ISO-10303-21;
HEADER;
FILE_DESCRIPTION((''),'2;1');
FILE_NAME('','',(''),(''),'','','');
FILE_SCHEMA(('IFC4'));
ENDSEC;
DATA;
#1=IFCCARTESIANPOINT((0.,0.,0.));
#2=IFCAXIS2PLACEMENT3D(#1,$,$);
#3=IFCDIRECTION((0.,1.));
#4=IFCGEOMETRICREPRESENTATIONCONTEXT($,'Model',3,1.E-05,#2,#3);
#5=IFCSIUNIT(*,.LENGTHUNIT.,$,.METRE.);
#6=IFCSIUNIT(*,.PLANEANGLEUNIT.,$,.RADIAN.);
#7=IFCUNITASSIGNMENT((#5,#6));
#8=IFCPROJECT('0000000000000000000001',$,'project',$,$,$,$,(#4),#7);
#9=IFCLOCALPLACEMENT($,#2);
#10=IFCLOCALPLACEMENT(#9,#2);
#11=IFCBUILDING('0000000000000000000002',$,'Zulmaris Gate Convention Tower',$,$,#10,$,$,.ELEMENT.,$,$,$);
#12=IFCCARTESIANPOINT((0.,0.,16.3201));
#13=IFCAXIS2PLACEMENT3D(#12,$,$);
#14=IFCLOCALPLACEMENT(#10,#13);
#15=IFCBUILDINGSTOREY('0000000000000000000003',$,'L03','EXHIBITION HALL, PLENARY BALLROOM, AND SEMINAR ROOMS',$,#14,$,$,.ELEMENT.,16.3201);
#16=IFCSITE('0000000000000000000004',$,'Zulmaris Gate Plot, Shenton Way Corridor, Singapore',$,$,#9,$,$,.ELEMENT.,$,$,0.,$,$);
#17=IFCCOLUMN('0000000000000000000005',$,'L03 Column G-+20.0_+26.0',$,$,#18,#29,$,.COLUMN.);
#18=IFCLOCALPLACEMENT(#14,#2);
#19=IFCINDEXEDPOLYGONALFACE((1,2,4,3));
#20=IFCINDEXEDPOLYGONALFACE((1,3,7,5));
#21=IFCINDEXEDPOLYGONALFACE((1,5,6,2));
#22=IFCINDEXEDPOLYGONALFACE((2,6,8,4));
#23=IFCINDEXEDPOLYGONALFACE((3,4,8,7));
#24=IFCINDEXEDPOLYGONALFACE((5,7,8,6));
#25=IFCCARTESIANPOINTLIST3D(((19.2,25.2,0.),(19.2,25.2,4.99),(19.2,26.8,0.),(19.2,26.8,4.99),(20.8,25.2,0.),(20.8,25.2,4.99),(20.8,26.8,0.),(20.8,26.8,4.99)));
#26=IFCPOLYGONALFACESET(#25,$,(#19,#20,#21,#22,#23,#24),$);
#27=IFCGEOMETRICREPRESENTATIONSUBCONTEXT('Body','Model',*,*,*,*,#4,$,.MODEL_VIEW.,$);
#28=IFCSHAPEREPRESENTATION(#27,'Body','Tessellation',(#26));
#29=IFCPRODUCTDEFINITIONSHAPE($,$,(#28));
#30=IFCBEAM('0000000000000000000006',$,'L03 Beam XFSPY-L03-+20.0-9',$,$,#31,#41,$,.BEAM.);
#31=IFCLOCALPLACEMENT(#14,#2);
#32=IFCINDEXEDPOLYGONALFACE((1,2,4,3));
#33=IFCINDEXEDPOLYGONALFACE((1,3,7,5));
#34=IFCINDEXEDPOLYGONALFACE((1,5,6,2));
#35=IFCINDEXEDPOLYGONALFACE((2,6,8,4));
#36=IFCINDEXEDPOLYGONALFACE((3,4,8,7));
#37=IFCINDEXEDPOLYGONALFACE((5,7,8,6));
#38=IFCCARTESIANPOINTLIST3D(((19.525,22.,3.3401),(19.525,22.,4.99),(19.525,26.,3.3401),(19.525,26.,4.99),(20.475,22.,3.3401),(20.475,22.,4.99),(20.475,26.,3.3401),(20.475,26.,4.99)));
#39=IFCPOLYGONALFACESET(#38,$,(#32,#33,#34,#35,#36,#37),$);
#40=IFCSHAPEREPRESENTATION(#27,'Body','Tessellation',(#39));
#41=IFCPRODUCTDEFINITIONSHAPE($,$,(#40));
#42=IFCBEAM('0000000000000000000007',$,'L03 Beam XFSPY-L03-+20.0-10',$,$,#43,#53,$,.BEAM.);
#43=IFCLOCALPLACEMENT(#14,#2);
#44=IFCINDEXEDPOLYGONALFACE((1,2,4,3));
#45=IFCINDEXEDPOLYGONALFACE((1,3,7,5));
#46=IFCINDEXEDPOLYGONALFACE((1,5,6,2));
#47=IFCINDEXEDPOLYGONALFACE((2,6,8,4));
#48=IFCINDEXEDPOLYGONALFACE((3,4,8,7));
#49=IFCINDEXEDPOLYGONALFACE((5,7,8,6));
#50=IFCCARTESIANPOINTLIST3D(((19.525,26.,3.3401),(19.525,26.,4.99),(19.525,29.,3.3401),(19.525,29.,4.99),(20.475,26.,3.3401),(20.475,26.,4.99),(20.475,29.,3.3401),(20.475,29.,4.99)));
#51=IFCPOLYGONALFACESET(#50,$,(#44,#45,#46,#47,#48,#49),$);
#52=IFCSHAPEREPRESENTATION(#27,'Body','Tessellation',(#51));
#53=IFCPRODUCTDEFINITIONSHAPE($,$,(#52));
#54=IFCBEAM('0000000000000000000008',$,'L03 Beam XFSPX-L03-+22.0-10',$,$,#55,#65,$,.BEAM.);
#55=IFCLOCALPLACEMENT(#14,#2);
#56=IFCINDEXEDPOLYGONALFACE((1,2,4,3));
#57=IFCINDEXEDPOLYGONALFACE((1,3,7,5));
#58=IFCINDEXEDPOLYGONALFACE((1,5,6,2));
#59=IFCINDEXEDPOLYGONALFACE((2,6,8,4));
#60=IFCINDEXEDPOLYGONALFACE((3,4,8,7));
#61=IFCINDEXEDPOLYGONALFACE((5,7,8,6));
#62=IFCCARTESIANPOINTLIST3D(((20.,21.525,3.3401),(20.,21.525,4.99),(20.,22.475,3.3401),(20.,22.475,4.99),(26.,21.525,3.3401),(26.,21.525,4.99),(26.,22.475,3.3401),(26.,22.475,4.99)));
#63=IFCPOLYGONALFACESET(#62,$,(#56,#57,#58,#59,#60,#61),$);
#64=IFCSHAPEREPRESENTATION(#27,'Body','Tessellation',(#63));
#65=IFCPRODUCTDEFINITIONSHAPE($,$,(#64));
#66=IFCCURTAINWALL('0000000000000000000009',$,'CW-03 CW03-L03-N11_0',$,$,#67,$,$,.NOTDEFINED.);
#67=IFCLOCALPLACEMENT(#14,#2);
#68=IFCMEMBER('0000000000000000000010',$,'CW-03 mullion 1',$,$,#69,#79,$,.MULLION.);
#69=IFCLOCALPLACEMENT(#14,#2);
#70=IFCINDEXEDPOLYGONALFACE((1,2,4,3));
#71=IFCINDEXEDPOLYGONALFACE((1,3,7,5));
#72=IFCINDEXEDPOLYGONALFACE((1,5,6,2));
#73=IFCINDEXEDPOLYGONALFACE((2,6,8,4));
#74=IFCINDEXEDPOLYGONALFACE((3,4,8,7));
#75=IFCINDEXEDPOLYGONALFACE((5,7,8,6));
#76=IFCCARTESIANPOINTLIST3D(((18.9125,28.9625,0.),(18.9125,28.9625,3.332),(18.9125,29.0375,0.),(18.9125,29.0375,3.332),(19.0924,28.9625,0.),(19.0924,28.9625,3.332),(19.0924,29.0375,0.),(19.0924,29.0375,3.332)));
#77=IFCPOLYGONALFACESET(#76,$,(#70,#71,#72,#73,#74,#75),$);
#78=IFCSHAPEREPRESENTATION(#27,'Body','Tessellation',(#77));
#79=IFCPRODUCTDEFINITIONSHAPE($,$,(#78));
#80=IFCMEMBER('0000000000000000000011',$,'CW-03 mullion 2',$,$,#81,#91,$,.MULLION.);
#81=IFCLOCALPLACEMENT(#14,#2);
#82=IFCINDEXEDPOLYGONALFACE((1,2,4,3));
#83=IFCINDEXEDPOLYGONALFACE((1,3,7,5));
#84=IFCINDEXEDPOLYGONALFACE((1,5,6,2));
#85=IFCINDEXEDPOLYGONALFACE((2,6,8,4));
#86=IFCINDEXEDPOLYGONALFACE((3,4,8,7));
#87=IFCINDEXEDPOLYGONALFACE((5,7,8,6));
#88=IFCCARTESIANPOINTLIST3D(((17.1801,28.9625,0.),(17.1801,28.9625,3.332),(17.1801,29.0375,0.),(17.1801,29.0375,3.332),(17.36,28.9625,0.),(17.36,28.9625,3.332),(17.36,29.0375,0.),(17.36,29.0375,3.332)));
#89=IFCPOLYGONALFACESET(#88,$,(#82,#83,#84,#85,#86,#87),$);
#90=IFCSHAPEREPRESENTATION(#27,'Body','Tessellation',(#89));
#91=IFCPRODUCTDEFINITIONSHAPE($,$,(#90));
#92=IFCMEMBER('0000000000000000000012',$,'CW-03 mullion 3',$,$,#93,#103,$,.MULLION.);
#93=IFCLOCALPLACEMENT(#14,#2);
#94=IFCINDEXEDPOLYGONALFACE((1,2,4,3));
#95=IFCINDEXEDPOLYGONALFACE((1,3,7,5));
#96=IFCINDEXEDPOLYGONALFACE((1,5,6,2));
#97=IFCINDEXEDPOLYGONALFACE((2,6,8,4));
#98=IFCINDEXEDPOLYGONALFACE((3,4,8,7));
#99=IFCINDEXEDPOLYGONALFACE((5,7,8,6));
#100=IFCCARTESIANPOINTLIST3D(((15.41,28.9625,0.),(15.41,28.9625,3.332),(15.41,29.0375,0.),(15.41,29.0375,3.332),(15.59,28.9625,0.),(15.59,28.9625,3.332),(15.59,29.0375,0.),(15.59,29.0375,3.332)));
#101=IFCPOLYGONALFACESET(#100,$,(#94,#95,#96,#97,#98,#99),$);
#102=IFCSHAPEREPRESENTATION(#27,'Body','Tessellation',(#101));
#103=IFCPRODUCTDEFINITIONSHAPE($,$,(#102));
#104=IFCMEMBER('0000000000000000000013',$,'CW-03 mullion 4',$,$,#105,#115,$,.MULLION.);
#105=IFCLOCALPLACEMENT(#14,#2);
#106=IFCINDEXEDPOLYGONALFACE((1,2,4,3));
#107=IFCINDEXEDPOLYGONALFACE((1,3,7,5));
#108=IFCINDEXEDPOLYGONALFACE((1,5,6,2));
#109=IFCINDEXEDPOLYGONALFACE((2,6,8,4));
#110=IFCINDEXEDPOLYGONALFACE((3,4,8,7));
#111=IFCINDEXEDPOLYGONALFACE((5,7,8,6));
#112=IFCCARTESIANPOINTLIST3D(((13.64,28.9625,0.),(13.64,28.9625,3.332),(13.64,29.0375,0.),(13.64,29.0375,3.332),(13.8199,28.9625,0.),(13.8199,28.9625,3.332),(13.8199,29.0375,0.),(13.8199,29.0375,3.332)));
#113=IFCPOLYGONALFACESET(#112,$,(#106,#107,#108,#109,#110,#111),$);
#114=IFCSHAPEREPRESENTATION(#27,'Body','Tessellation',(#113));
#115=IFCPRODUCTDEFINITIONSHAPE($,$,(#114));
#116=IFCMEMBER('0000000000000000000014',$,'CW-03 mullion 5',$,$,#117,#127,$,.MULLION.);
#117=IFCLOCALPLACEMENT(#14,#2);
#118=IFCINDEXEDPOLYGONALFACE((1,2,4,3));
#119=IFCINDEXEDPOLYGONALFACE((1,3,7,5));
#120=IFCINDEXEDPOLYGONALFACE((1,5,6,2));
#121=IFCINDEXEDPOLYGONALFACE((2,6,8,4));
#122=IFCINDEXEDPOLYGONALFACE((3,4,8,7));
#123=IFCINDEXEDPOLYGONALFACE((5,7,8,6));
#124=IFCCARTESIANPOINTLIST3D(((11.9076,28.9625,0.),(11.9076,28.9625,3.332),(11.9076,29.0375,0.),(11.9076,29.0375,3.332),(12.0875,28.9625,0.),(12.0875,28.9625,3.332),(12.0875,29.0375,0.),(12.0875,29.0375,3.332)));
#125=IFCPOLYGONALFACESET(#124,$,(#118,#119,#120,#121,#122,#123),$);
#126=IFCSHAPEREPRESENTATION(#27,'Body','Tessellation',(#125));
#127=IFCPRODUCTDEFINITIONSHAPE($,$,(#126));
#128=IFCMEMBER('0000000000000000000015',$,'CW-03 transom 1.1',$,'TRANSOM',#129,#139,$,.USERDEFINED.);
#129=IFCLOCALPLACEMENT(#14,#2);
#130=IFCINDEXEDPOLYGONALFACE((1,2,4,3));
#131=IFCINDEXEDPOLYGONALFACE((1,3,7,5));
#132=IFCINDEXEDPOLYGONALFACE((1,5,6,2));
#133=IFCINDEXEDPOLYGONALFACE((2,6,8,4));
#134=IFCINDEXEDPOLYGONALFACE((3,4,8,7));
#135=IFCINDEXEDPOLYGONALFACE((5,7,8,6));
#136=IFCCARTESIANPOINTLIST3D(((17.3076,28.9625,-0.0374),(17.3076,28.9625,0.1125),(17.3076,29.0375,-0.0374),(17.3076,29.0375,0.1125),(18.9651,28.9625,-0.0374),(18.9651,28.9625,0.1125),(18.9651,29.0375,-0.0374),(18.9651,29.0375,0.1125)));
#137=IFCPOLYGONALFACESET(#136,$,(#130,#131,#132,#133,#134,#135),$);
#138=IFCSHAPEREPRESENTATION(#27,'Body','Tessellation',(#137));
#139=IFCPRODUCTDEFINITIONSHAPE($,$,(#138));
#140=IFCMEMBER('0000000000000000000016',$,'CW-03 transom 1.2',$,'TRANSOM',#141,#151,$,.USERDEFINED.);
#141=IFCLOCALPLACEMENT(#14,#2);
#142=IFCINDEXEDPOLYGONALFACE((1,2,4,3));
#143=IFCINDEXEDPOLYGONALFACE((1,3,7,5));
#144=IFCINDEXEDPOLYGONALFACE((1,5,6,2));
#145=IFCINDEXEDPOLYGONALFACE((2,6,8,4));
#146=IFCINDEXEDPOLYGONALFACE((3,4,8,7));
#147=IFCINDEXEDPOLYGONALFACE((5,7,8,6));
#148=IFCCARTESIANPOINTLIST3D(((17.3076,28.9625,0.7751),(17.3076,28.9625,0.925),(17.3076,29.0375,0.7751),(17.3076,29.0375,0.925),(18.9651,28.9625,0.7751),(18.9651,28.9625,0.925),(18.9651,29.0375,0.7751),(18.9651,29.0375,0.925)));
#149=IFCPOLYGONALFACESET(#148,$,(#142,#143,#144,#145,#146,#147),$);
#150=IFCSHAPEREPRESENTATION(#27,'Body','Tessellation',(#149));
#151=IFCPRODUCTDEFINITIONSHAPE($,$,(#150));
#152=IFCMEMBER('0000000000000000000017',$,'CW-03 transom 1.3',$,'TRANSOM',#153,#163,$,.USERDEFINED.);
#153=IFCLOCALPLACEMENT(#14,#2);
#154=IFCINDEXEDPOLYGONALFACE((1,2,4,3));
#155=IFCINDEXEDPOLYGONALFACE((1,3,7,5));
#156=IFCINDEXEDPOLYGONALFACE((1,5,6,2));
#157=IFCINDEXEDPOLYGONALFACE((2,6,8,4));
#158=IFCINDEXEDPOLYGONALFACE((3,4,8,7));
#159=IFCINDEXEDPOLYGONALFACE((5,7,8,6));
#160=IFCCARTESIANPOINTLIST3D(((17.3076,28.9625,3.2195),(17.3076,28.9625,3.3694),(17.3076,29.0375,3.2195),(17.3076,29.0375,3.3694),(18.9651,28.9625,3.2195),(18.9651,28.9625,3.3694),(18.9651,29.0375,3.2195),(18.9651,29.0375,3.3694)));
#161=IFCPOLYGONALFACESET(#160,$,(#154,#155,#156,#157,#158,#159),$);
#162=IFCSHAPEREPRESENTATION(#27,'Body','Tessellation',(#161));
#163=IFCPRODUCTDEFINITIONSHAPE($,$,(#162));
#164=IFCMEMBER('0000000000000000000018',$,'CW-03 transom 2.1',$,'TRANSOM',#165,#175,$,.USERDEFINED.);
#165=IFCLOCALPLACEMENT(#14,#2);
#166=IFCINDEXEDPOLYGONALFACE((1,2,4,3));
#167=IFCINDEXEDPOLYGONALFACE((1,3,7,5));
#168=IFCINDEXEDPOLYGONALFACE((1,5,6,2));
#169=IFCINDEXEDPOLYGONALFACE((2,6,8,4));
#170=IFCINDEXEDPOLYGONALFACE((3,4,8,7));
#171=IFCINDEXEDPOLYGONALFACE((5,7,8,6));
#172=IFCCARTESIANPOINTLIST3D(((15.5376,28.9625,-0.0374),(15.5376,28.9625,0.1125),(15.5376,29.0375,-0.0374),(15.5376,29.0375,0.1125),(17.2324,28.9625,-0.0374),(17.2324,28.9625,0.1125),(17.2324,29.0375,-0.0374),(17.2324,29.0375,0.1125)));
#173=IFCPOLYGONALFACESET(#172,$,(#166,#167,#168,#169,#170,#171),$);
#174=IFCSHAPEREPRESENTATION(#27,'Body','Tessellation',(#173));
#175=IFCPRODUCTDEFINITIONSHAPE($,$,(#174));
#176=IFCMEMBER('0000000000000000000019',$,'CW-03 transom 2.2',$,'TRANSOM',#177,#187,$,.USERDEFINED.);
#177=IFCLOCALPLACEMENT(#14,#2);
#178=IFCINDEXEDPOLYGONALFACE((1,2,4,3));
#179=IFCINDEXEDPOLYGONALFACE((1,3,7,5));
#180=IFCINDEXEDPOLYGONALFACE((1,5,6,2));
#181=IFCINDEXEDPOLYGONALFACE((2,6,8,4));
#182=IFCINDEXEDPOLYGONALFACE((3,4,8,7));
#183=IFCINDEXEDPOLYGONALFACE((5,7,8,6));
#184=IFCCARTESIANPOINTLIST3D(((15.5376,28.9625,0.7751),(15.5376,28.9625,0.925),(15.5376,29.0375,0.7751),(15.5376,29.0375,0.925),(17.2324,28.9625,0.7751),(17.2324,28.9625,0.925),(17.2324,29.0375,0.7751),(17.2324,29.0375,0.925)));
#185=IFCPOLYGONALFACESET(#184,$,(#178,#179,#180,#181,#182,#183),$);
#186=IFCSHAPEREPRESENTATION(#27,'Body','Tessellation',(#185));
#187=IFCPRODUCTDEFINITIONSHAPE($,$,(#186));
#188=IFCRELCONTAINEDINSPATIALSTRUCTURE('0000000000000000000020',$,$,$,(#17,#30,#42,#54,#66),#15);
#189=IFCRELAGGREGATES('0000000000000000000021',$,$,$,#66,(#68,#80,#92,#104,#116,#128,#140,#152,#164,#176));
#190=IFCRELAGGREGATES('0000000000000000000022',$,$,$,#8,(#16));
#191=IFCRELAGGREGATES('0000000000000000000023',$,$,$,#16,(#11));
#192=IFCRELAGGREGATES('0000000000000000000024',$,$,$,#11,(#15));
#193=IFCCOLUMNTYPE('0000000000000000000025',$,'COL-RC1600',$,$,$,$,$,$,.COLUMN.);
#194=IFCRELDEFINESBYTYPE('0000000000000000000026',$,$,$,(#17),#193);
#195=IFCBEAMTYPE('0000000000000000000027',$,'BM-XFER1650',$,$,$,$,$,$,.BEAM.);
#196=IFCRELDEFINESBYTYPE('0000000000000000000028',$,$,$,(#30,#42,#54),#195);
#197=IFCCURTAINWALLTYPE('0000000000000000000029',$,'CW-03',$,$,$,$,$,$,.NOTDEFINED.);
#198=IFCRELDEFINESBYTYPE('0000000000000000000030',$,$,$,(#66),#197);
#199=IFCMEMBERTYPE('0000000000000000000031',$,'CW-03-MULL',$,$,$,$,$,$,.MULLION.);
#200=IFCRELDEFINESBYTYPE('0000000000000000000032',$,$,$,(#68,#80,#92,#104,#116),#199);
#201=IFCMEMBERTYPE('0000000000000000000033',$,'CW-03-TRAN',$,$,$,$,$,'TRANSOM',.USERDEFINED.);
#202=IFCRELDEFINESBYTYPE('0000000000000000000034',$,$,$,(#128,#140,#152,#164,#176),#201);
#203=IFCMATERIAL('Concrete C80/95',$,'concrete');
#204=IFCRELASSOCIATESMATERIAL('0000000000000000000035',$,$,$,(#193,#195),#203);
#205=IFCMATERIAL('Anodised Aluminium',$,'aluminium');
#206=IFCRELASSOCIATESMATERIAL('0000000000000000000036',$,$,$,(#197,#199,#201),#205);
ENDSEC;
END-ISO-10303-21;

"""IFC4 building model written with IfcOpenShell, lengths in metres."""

from ifc_helpers import new_model, si_unit, direction, frame, origin, origin_2d, place, context, subcontext, project, spatial, rectangle, extrude, material, material_profile, profile_set, type_object, element, aggregate, save


model = new_model("IFC4")

# Units and contexts
model_context = context("Model", 3, precision=1e-05, world=origin(), true_north=direction((0.0, 1.0)))
body_context = subcontext(model_context, "Body", "Model", "MODEL_VIEW")
ifc_project = project(units=[si_unit("LENGTHUNIT", "METRE"), si_unit("PLANEANGLEUNIT", "RADIAN")], contexts=[model_context])

# Site, building, storey
site_placement = place(None, origin())
site = spatial("IfcSite", under=ifc_project, at=site_placement, Name="Zulmaris Gate Plot, Shenton Way Corridor, Singapore", CompositionType="ELEMENT", RefElevation=0.0)
building_placement = place(site_placement, origin())
building = spatial("IfcBuilding", under=site, at=building_placement, Name="Zulmaris Gate Convention Tower", CompositionType="ELEMENT")
storey_placement = place(building_placement, frame((0.0, 0.0, 16.3201)))
storey = spatial("IfcBuildingStorey", under=building, at=storey_placement, Name="L03", Description="EXHIBITION HALL, PLENARY BALLROOM, AND SEMINAR ROOMS", CompositionType="ELEMENT", Elevation=16.3201)

# Column
ifc_material_1 = material(Name="Concrete C80/95", Category="concrete")
ifc_material_profile_1 = material_profile(ifc_material_1, rectangle(XDim=1.6001, YDim=1.6001, at=origin_2d()), Name="RC COL 1600x1600")
ifc_profile_set_1 = profile_set([ifc_material_profile_1], Name="Concrete C80/95")
column_type = type_object("IfcColumnType", Name="COL-RC1600", PredefinedType="COLUMN", material=ifc_profile_set_1)
column_placement = place(storey_placement, frame((20.0, 26.0, 0.0), z_axis=(0.0, 0.0, 1.0), x_axis=(1.0, 0.0, 0.0)))
element("IfcColumn", 1, at=column_placement, inside=storey, type_object=column_type, Name="L03 Column G-+20.0_+26.0", PredefinedType="COLUMN", context=body_context, shape_type="SweptSolid", body=[
    extrude(rectangle(XDim=1.6001, YDim=1.6001, at=origin_2d()), origin(), (0.0, 0.0, 1.0), 4.99),
])

# Beams
ifc_material_profile_2 = material_profile(ifc_material_1, rectangle(XDim=0.95, YDim=1.6499, at=origin_2d()), Name="RC TRANSFER 950x1650")
ifc_profile_set_2 = profile_set([ifc_material_profile_2], Name="Concrete C80/95")
beam_type = type_object("IfcBeamType", Name="BM-XFER1650", PredefinedType="BEAM", material=ifc_profile_set_2)
beam_1_placement = place(storey_placement, frame((20.0, 22.0, 4.165), z_axis=(0.0, 1.0, 0.0), x_axis=(-1.0, 0.0, 0.0)))
element("IfcBeam", 2, at=beam_1_placement, inside=storey, type_object=beam_type, Name="L03 Beam XFSPY-L03-+20.0-9", PredefinedType="BEAM", context=body_context, shape_type="SweptSolid", body=[
    extrude(rectangle(XDim=0.95, YDim=1.6499, at=origin_2d()), origin(), (0.0, 0.0, 1.0), 4.0),
])
beam_2_placement = place(storey_placement, frame((20.0, 26.0, 4.165), z_axis=(0.0, 1.0, 0.0), x_axis=(-1.0, 0.0, 0.0)))
element("IfcBeam", 3, at=beam_2_placement, inside=storey, type_object=beam_type, Name="L03 Beam XFSPY-L03-+20.0-10", PredefinedType="BEAM", context=body_context, shape_type="SweptSolid", body=[
    extrude(rectangle(XDim=0.95, YDim=1.6499, at=origin_2d()), origin(), (0.0, 0.0, 1.0), 3.0),
])
beam_3_placement = place(storey_placement, frame((20.0, 22.0, 4.165), z_axis=(1.0, 0.0, 0.0), x_axis=(0.0, 1.0, 0.0)))
element("IfcBeam", 4, at=beam_3_placement, inside=storey, type_object=beam_type, Name="L03 Beam XFSPX-L03-+22.0-10", PredefinedType="BEAM", context=body_context, shape_type="SweptSolid", body=[
    extrude(rectangle(XDim=0.95, YDim=1.6499, at=origin_2d()), origin(), (0.0, 0.0, 1.0), 6.0),
])

# Curtain wall, members
ifc_material_2 = material(Name="Anodised Aluminium", Category="aluminium")
curtain_wall_type = type_object("IfcCurtainWallType", Name="CW-03", PredefinedType="NOTDEFINED", material=ifc_material_2)
curtain_wall_placement = place(storey_placement, origin())
curtain_wall = element("IfcCurtainWall", 5, at=curtain_wall_placement, inside=storey, type_object=curtain_wall_type, Name="CW-03 CW03-L03-N11_0", PredefinedType="NOTDEFINED")
ifc_material_profile_3 = material_profile(ifc_material_2, rectangle(XDim=0.075, YDim=0.1799, at=origin_2d()), Name="ALU MULLION 75x180")
ifc_profile_set_3 = profile_set([ifc_material_profile_3], Name="Anodised Aluminium")
member_type_1 = type_object("IfcMemberType", Name="CW-03-MULL", PredefinedType="MULLION", material=ifc_profile_set_3)
member_1_placement = place(storey_placement, frame((19.0024, 29.0, 0.0), z_axis=(0.0, 0.0, 1.0), x_axis=(0.0, -1.0, 0.0)))
member_1 = element("IfcMember", 6, at=member_1_placement, type_object=member_type_1, Name="CW-03 mullion 1", PredefinedType="MULLION", context=body_context, shape_type="SweptSolid", body=[
    extrude(rectangle(XDim=0.075, YDim=0.1799, at=origin_2d()), origin(), (0.0, 0.0, 1.0), 3.332),
])
member_2_placement = place(storey_placement, frame((17.27, 29.0, 0.0), z_axis=(0.0, 0.0, 1.0), x_axis=(0.0, -1.0, 0.0)))
member_2 = element("IfcMember", 7, at=member_2_placement, type_object=member_type_1, Name="CW-03 mullion 2", PredefinedType="MULLION", context=body_context, shape_type="SweptSolid", body=[
    extrude(rectangle(XDim=0.075, YDim=0.1799, at=origin_2d()), origin(), (0.0, 0.0, 1.0), 3.332),
])
member_3_placement = place(storey_placement, frame((15.5, 29.0, 0.0), z_axis=(0.0, 0.0, 1.0), x_axis=(0.0, -1.0, 0.0)))
member_3 = element("IfcMember", 8, at=member_3_placement, type_object=member_type_1, Name="CW-03 mullion 3", PredefinedType="MULLION", context=body_context, shape_type="SweptSolid", body=[
    extrude(rectangle(XDim=0.075, YDim=0.1799, at=origin_2d()), origin(), (0.0, 0.0, 1.0), 3.332),
])
member_4_placement = place(storey_placement, frame((13.73, 29.0, 0.0), z_axis=(0.0, 0.0, 1.0), x_axis=(0.0, -1.0, 0.0)))
member_4 = element("IfcMember", 9, at=member_4_placement, type_object=member_type_1, Name="CW-03 mullion 4", PredefinedType="MULLION", context=body_context, shape_type="SweptSolid", body=[
    extrude(rectangle(XDim=0.075, YDim=0.1799, at=origin_2d()), origin(), (0.0, 0.0, 1.0), 3.332),
])
member_5_placement = place(storey_placement, frame((11.9976, 29.0, 0.0), z_axis=(0.0, 0.0, 1.0), x_axis=(0.0, -1.0, 0.0)))
member_5 = element("IfcMember", 10, at=member_5_placement, type_object=member_type_1, Name="CW-03 mullion 5", PredefinedType="MULLION", context=body_context, shape_type="SweptSolid", body=[
    extrude(rectangle(XDim=0.075, YDim=0.1799, at=origin_2d()), origin(), (0.0, 0.0, 1.0), 3.332),
])
ifc_material_profile_4 = material_profile(ifc_material_2, rectangle(XDim=0.075, YDim=0.1499, at=origin_2d()), Name="ALU TRANSOM 75x150")
ifc_profile_set_4 = profile_set([ifc_material_profile_4], Name="Anodised Aluminium")
member_type_2 = type_object("IfcMemberType", Name="CW-03-TRAN", ElementType="TRANSOM", PredefinedType="USERDEFINED", material=ifc_profile_set_4)
member_6_placement = place(storey_placement, frame((18.9651, 29.0, 0.0376), z_axis=(-1.0, 0.0, 0.0), x_axis=(0.0, -1.0, 0.0)))
member_6 = element("IfcMember", 11, at=member_6_placement, type_object=member_type_2, Name="CW-03 transom 1.1", ObjectType="TRANSOM", PredefinedType="USERDEFINED", context=body_context, shape_type="SweptSolid", body=[
    extrude(rectangle(XDim=0.075, YDim=0.1499, at=origin_2d()), origin(), (0.0, 0.0, 1.0), 1.6575),
])
member_7_placement = place(storey_placement, frame((18.9651, 29.0, 0.8501), z_axis=(-1.0, 0.0, 0.0), x_axis=(0.0, -1.0, 0.0)))
member_7 = element("IfcMember", 12, at=member_7_placement, type_object=member_type_2, Name="CW-03 transom 1.2", ObjectType="TRANSOM", PredefinedType="USERDEFINED", context=body_context, shape_type="SweptSolid", body=[
    extrude(rectangle(XDim=0.075, YDim=0.1499, at=origin_2d()), origin(), (0.0, 0.0, 1.0), 1.6575),
])
member_8_placement = place(storey_placement, frame((18.9651, 29.0, 3.2944), z_axis=(-1.0, 0.0, 0.0), x_axis=(0.0, -1.0, 0.0)))
member_8 = element("IfcMember", 13, at=member_8_placement, type_object=member_type_2, Name="CW-03 transom 1.3", ObjectType="TRANSOM", PredefinedType="USERDEFINED", context=body_context, shape_type="SweptSolid", body=[
    extrude(rectangle(XDim=0.075, YDim=0.1499, at=origin_2d()), origin(), (0.0, 0.0, 1.0), 1.6575),
])
member_9_placement = place(storey_placement, frame((17.2324, 29.0, 0.0376), z_axis=(-1.0, 0.0, 0.0), x_axis=(0.0, -1.0, 0.0)))
member_9 = element("IfcMember", 14, at=member_9_placement, type_object=member_type_2, Name="CW-03 transom 2.1", ObjectType="TRANSOM", PredefinedType="USERDEFINED", context=body_context, shape_type="SweptSolid", body=[
    extrude(rectangle(XDim=0.075, YDim=0.1499, at=origin_2d()), origin(), (0.0, 0.0, 1.0), 1.6948),
])
member_10_placement = place(storey_placement, frame((17.2324, 29.0, 0.8501), z_axis=(-1.0, 0.0, 0.0), x_axis=(0.0, -1.0, 0.0)))
member_10 = element("IfcMember", 15, at=member_10_placement, type_object=member_type_2, Name="CW-03 transom 2.2", ObjectType="TRANSOM", PredefinedType="USERDEFINED", context=body_context, shape_type="SweptSolid", body=[
    extrude(rectangle(XDim=0.075, YDim=0.1499, at=origin_2d()), origin(), (0.0, 0.0, 1.0), 1.6948),
])
aggregate(curtain_wall, [member_1, member_2, member_3, member_4, member_5, member_6, member_7, member_8, member_9, member_10])

save(model, "model.ifc")
